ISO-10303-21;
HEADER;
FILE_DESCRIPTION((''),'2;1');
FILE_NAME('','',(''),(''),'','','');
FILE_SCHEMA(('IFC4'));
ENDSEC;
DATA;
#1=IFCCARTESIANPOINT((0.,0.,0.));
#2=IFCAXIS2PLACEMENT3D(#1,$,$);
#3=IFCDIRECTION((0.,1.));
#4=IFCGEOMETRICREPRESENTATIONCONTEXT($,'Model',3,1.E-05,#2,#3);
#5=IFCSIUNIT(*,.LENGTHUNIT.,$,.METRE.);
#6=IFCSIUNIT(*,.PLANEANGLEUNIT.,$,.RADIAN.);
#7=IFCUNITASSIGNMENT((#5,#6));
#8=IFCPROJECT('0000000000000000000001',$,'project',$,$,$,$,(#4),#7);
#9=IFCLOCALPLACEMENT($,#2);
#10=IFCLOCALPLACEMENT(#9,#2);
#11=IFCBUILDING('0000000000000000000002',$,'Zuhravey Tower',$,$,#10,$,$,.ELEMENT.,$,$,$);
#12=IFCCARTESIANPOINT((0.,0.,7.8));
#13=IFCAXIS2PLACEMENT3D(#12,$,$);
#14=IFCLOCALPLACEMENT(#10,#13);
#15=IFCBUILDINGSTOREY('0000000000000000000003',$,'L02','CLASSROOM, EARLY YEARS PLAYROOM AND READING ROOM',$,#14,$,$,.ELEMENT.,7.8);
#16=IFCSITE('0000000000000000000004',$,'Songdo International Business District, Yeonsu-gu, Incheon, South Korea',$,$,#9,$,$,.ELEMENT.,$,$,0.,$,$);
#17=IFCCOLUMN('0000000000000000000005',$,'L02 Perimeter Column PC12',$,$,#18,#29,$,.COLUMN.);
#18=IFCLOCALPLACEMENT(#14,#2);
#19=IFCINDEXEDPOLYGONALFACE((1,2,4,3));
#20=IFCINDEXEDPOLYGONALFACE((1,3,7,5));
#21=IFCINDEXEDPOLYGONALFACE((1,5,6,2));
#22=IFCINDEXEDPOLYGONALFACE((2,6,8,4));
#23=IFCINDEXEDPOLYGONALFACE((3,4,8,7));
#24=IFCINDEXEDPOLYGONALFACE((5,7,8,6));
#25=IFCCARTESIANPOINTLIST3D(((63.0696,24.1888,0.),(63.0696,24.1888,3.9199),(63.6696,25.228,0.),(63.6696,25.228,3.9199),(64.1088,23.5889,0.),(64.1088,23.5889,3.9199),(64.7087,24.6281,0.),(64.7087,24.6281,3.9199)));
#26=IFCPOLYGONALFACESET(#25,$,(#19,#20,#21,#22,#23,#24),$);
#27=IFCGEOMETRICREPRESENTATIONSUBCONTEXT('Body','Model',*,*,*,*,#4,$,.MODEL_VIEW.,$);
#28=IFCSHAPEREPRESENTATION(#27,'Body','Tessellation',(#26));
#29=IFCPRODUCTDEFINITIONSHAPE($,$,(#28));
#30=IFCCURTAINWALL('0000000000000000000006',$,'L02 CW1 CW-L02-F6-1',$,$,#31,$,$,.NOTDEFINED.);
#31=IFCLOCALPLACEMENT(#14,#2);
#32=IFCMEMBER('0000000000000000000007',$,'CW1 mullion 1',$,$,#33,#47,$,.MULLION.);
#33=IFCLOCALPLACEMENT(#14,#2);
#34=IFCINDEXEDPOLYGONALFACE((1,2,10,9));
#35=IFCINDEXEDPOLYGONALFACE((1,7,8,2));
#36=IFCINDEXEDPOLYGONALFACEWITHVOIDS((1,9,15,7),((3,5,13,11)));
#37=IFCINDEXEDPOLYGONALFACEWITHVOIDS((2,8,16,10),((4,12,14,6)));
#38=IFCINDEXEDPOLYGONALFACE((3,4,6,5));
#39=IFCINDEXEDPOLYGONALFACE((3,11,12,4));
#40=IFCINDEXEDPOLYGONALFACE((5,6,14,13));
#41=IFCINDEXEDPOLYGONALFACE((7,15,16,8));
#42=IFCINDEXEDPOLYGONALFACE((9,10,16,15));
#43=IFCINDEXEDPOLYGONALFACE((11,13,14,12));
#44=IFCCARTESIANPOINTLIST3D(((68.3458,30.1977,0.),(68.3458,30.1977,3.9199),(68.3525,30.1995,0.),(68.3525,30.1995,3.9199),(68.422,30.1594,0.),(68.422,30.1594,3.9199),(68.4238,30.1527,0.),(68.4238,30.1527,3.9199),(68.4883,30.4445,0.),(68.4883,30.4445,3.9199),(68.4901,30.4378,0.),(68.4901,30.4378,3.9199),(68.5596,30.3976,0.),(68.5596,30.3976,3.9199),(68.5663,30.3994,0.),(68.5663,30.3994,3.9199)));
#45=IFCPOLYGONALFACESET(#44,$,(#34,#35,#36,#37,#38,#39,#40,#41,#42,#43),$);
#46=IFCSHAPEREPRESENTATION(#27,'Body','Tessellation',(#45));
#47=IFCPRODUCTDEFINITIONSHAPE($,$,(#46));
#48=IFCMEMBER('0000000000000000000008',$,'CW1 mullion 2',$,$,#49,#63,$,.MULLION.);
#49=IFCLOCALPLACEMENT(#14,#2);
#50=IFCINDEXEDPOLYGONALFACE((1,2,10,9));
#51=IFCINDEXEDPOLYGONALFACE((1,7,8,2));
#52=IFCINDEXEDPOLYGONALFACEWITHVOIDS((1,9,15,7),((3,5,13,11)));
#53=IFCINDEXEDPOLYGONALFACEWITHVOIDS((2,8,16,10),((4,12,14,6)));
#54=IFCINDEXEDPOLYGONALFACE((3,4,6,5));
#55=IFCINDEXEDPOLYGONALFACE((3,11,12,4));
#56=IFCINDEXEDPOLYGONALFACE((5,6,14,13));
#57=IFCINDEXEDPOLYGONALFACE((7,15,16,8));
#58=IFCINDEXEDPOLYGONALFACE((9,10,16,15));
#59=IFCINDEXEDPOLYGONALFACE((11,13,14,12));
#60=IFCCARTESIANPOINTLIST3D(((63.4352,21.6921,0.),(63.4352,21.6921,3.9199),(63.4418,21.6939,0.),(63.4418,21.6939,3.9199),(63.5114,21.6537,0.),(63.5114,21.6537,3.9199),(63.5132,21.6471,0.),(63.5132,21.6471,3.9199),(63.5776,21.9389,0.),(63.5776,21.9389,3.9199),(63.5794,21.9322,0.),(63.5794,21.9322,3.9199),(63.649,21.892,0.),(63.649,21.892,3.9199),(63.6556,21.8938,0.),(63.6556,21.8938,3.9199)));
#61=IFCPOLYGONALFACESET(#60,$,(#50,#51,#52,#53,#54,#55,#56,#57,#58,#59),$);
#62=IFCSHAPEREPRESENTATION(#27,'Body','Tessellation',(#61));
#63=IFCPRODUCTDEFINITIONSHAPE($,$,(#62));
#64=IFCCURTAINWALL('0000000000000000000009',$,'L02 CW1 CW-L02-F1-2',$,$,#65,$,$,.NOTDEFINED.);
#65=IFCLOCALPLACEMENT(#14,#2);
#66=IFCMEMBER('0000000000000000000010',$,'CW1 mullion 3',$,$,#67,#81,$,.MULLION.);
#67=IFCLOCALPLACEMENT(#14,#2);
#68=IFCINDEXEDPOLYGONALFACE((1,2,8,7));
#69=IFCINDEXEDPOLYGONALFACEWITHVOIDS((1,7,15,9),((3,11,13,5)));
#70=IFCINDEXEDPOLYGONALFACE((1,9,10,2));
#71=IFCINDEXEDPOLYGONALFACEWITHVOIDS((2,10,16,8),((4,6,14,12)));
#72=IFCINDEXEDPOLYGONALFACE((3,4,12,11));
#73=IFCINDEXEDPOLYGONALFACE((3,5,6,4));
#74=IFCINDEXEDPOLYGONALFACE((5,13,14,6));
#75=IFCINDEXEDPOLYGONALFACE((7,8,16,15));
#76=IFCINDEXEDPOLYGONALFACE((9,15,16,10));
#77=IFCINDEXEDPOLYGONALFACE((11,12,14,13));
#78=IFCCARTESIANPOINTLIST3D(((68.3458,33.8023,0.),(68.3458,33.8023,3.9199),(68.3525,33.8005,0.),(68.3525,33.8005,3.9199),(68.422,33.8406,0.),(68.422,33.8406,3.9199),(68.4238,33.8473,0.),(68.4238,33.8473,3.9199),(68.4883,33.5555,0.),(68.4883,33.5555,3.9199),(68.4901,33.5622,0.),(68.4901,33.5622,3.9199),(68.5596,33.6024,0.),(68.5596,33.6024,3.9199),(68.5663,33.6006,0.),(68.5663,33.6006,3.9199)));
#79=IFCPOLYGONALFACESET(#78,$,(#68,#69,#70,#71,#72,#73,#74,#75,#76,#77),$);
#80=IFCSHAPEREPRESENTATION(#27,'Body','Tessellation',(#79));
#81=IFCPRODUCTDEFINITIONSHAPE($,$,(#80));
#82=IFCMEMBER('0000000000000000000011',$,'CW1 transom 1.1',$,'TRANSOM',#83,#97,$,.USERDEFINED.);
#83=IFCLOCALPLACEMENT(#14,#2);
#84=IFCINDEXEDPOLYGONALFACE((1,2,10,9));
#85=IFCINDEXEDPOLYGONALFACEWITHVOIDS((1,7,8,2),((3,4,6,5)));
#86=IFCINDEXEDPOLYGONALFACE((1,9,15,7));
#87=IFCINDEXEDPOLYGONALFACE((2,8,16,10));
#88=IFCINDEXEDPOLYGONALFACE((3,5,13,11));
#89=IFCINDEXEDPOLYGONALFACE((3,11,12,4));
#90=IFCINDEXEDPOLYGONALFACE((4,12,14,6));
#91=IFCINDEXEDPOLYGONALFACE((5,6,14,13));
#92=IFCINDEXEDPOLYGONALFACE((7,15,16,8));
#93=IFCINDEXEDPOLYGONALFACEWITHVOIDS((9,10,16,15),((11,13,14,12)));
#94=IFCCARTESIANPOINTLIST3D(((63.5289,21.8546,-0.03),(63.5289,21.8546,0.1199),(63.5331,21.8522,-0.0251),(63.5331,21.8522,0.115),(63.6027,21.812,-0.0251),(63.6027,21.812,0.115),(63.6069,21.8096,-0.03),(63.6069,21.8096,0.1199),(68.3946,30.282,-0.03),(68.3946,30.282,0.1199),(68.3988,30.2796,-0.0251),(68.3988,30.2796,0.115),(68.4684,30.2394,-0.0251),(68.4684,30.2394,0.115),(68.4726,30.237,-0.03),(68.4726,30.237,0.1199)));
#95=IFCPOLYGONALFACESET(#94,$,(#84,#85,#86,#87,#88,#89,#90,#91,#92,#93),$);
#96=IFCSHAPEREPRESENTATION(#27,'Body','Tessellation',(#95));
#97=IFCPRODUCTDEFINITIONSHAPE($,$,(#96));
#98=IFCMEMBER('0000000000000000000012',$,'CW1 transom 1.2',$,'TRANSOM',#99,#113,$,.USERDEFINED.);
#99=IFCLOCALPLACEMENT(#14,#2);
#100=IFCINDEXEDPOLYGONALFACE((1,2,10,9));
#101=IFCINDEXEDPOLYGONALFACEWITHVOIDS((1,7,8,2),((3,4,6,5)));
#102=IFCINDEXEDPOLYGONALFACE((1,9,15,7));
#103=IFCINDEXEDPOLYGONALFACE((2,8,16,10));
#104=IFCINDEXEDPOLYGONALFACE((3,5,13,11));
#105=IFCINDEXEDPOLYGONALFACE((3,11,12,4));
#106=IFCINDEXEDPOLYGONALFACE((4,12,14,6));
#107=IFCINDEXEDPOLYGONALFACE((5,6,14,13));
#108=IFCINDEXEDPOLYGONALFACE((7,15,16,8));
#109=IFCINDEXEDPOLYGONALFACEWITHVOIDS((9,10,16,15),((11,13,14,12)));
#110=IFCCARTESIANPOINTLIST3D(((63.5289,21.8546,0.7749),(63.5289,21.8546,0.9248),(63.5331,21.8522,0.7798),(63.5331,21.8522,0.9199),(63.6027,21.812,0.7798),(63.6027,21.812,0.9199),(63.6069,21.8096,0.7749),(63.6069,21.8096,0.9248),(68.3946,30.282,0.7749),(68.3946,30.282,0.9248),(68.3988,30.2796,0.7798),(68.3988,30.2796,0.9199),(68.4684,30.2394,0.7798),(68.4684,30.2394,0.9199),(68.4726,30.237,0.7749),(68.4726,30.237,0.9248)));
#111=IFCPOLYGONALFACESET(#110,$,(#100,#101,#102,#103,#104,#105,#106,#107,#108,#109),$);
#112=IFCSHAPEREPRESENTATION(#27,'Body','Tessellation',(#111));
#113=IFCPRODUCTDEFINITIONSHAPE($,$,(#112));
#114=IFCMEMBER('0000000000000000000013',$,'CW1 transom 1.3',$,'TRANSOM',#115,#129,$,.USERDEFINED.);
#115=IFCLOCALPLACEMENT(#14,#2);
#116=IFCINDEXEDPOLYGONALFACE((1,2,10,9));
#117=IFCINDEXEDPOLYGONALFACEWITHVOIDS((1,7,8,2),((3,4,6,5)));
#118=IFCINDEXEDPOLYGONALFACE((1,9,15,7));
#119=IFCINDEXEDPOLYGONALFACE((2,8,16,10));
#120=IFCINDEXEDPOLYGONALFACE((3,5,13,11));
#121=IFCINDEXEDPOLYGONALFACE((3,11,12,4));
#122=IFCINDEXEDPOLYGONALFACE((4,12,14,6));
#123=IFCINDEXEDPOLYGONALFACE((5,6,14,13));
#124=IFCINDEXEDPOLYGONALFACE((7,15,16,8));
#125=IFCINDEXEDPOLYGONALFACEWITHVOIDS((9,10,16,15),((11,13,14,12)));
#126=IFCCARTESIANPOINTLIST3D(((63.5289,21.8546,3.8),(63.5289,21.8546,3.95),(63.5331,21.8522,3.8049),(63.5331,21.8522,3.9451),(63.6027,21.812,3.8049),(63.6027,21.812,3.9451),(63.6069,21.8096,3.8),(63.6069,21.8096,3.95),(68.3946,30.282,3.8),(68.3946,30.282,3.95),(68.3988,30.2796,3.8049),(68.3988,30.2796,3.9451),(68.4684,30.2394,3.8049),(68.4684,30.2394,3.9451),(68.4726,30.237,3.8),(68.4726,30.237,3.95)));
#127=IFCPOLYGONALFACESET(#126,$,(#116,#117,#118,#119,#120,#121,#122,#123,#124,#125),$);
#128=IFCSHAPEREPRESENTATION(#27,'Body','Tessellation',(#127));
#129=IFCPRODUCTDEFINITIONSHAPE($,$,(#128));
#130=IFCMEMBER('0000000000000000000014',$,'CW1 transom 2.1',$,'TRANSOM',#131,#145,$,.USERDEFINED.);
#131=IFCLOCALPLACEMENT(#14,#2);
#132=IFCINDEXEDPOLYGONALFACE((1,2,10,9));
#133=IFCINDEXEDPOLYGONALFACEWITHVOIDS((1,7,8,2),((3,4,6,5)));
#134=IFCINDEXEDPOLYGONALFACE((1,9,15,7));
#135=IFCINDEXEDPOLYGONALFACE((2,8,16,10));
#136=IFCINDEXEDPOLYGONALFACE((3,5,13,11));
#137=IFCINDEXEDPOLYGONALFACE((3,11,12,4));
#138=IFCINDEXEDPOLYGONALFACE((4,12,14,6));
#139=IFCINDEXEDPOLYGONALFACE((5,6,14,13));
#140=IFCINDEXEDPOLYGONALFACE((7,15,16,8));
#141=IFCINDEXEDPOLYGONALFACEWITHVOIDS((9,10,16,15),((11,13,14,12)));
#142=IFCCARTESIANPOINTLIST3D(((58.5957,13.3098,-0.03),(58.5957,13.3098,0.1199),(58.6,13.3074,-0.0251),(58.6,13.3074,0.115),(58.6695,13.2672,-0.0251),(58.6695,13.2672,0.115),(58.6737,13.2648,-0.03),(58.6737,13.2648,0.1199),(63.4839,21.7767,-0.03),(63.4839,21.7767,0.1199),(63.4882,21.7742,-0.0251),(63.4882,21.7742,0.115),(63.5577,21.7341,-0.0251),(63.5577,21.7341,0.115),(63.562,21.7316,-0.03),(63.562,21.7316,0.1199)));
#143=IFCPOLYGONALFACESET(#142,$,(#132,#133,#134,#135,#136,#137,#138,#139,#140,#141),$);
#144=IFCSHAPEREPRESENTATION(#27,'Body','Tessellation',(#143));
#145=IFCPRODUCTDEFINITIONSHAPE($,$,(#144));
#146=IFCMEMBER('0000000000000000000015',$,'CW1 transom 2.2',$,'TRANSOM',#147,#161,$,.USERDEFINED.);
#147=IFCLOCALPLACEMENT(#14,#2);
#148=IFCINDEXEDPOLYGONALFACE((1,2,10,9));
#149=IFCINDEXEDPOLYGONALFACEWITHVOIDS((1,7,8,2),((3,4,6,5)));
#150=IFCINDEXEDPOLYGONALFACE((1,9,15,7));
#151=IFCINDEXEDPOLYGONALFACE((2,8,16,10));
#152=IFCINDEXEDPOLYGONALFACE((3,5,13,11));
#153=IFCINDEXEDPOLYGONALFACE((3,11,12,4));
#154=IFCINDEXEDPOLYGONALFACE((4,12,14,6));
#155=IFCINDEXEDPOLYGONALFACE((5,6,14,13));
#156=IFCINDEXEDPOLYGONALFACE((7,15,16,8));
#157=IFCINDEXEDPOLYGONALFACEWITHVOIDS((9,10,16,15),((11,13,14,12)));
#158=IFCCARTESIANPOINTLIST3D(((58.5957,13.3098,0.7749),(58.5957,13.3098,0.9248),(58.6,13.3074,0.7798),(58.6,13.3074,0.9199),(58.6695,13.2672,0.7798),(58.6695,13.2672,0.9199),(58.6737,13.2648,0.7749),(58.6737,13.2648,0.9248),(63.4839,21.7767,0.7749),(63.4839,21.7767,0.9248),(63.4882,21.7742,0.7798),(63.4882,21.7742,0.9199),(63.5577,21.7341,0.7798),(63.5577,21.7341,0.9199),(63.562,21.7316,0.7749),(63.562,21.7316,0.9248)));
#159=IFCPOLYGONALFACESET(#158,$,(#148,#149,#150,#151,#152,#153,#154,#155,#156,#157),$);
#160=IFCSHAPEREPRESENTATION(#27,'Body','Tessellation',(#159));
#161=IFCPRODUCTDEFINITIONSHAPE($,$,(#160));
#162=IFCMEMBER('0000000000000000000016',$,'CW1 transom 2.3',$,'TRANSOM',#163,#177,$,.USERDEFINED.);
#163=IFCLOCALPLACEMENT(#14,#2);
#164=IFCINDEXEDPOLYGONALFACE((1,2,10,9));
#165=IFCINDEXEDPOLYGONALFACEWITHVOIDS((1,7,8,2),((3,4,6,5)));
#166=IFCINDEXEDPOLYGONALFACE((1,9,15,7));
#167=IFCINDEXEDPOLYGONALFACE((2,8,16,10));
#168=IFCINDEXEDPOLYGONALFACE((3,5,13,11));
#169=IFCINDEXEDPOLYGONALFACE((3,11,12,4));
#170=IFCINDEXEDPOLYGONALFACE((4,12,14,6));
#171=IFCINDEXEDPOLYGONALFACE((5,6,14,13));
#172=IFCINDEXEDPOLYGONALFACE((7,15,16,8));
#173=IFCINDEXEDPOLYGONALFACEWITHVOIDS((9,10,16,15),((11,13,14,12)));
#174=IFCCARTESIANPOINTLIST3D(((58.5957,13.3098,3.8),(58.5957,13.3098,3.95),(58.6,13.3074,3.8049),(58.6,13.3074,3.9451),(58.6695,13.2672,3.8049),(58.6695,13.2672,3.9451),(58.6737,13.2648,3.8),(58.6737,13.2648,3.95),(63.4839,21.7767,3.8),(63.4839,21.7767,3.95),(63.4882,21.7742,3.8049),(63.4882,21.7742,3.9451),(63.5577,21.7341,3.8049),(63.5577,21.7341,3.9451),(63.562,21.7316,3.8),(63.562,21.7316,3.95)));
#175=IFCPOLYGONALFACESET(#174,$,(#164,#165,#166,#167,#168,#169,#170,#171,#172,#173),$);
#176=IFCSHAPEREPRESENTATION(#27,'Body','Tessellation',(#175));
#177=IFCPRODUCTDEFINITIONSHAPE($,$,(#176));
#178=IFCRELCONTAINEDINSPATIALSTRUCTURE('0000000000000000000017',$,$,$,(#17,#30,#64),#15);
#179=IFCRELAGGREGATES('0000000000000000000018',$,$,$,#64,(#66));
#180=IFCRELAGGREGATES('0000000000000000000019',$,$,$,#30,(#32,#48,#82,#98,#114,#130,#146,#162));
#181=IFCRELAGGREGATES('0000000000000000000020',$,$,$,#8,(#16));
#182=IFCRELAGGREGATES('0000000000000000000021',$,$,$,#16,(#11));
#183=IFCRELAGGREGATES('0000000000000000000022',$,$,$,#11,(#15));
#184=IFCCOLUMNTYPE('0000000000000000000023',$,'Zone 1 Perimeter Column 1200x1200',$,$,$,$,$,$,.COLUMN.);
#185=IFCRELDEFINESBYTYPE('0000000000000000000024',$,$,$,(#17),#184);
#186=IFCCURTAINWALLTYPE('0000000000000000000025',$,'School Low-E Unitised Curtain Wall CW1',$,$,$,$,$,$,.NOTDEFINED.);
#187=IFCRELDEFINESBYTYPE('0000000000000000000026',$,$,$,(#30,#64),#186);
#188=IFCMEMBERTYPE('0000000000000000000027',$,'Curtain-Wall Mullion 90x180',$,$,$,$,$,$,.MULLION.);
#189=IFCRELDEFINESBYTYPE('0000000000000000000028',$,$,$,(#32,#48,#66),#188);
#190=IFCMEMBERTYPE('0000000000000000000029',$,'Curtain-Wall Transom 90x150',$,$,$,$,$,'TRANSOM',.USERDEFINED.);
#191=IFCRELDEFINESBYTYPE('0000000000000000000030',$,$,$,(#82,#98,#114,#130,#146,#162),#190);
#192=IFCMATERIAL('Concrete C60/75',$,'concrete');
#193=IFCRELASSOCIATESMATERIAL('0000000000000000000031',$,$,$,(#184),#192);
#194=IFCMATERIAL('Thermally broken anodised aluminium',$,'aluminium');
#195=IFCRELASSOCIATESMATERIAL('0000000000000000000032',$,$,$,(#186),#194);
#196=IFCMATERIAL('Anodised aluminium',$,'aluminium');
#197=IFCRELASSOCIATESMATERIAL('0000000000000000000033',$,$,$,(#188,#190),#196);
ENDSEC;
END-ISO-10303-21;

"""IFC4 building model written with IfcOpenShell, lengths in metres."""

from ifc_helpers import new_model, si_unit, direction, frame, origin, origin_2d, place, context, subcontext, project, spatial, rectangle, hollow_rectangle, extrude, material, material_profile, profile_set, type_object, element, aggregate, save


model = new_model("IFC4")

# Units and contexts
model_context = context("Model", 3, precision=1e-05, world=origin(), true_north=direction((0.0, 1.0)))
body_context = subcontext(model_context, "Body", "Model", "MODEL_VIEW")
ifc_project = project(units=[si_unit("LENGTHUNIT", "METRE"), si_unit("PLANEANGLEUNIT", "RADIAN")], contexts=[model_context])

# Site, building, storey
site_placement = place(None, origin())
site = spatial("IfcSite", under=ifc_project, at=site_placement, Name="Songdo International Business District, Yeonsu-gu, Incheon, South Korea", CompositionType="ELEMENT", RefElevation=0.0)
building_placement = place(site_placement, origin())
building = spatial("IfcBuilding", under=site, at=building_placement, Name="Zuhravey Tower", CompositionType="ELEMENT")
storey_placement = place(building_placement, frame((0.0, 0.0, 7.8)))
storey = spatial("IfcBuildingStorey", under=building, at=storey_placement, Name="L02", Description="CLASSROOM, EARLY YEARS PLAYROOM AND READING ROOM", CompositionType="ELEMENT", Elevation=7.8)

# Column
ifc_material_1 = material(Name="Concrete C60/75", Category="concrete")
ifc_material_profile_1 = material_profile(ifc_material_1, rectangle(XDim=1.2, YDim=1.2, at=origin_2d()), Name="RC-1200x1200")
ifc_profile_set_1 = profile_set([ifc_material_profile_1], Name="Concrete C60/75")
column_type = type_object("IfcColumnType", Name="Zone 1 Perimeter Column 1200x1200", PredefinedType="COLUMN", material=ifc_profile_set_1)
column_placement = place(storey_placement, frame((63.8892, 24.4084, 0.0), z_axis=(0.0, 0.0, 1.0), x_axis=(0.5, 0.866025, 0.0)))
element("IfcColumn", 1, at=column_placement, inside=storey, type_object=column_type, Name="L02 Perimeter Column PC12", PredefinedType="COLUMN", context=body_context, shape_type="SweptSolid", body=[
    extrude(rectangle(XDim=1.2, YDim=1.2, at=origin_2d()), origin(), (0.0, 0.0, 1.0), 3.9199),
])

# Curtain wall, members
ifc_material_2 = material(Name="Thermally broken anodised aluminium", Category="aluminium")
curtain_wall_type = type_object("IfcCurtainWallType", Name="School Low-E Unitised Curtain Wall CW1", PredefinedType="NOTDEFINED", material=ifc_material_2)
curtain_wall_1_placement = place(storey_placement, origin())
curtain_wall_1 = element("IfcCurtainWall", 2, at=curtain_wall_1_placement, inside=storey, type_object=curtain_wall_type, Name="L02 CW1 CW-L02-F6-1", PredefinedType="NOTDEFINED")
ifc_material_3 = material(Name="Anodised aluminium", Category="aluminium")
ifc_material_profile_2 = material_profile(ifc_material_3, hollow_rectangle(XDim=0.0901, YDim=0.2849, WallThickness=0.0049, at=origin_2d()), Name="ALU-RHS-90x285x5")
ifc_profile_set_2 = profile_set([ifc_material_profile_2], Name="Anodised aluminium")
member_type_1 = type_object("IfcMemberType", Name="Curtain-Wall Mullion 90x180", PredefinedType="MULLION", material=ifc_profile_set_2)
member_1_placement = place(storey_placement, frame((68.4561, 30.2986, 0.0), z_axis=(0.0, 0.0, 1.0), x_axis=(0.866026, -0.5, 0.0)))
member_1 = element("IfcMember", 3, at=member_1_placement, type_object=member_type_1, Name="CW1 mullion 1", PredefinedType="MULLION", context=body_context, shape_type="SweptSolid", body=[
    extrude(hollow_rectangle(XDim=0.0901, YDim=0.2849, WallThickness=0.0049, at=origin_2d()), origin(), (0.0, 0.0, 1.0), 3.9199),
])
member_2_placement = place(storey_placement, frame((63.5454, 21.793, 0.0), z_axis=(0.0, 0.0, 1.0), x_axis=(0.866026, -0.5, 0.0)))
member_2 = element("IfcMember", 4, at=member_2_placement, type_object=member_type_1, Name="CW1 mullion 2", PredefinedType="MULLION", context=body_context, shape_type="SweptSolid", body=[
    extrude(hollow_rectangle(XDim=0.0901, YDim=0.2849, WallThickness=0.0049, at=origin_2d()), origin(), (0.0, 0.0, 1.0), 3.9199),
])

# Curtain wall, member
curtain_wall_2_placement = place(storey_placement, origin())
curtain_wall_2 = element("IfcCurtainWall", 5, at=curtain_wall_2_placement, inside=storey, type_object=curtain_wall_type, Name="L02 CW1 CW-L02-F1-2", PredefinedType="NOTDEFINED")
member_3_placement = place(storey_placement, frame((68.4561, 33.7014, 0.0), z_axis=(0.0, 0.0, 1.0), x_axis=(0.866026, 0.5, 0.0)))
member_3 = element("IfcMember", 6, at=member_3_placement, type_object=member_type_1, Name="CW1 mullion 3", PredefinedType="MULLION", context=body_context, shape_type="SweptSolid", body=[
    extrude(hollow_rectangle(XDim=0.0901, YDim=0.2849, WallThickness=0.0049, at=origin_2d()), origin(), (0.0, 0.0, 1.0), 3.9199),
])
aggregate(curtain_wall_2, [member_3])

# Members
ifc_material_profile_3 = material_profile(ifc_material_3, hollow_rectangle(XDim=0.0901, YDim=0.1499, WallThickness=0.0049, at=origin_2d()), Name="ALU-RHS-90x150x5")
ifc_profile_set_3 = profile_set([ifc_material_profile_3], Name="Anodised aluminium")
member_type_2 = type_object("IfcMemberType", Name="Curtain-Wall Transom 90x150", ElementType="TRANSOM", PredefinedType="USERDEFINED", material=ifc_profile_set_3)
member_4_placement = place(storey_placement, frame((68.4336, 30.2595, 0.0449), z_axis=(-0.500008, -0.866021, 0.0), x_axis=(0.866021, -0.500008, 0.0)))
member_4 = element("IfcMember", 7, at=member_4_placement, type_object=member_type_2, Name="CW1 transom 1.1", ObjectType="TRANSOM", PredefinedType="USERDEFINED", context=body_context, shape_type="SweptSolid", body=[
    extrude(hollow_rectangle(XDim=0.0901, YDim=0.1499, WallThickness=0.0049, at=origin_2d()), origin(), (0.0, 0.0, 1.0), 9.7312),
])
member_5_placement = place(storey_placement, frame((68.4336, 30.2595, 0.8499), z_axis=(-0.500008, -0.866021, 0.0), x_axis=(0.866021, -0.500008, 0.0)))
member_5 = element("IfcMember", 8, at=member_5_placement, type_object=member_type_2, Name="CW1 transom 1.2", ObjectType="TRANSOM", PredefinedType="USERDEFINED", context=body_context, shape_type="SweptSolid", body=[
    extrude(hollow_rectangle(XDim=0.0901, YDim=0.1499, WallThickness=0.0049, at=origin_2d()), origin(), (0.0, 0.0, 1.0), 9.7312),
])
member_6_placement = place(storey_placement, frame((68.4336, 30.2595, 3.875), z_axis=(-0.500008, -0.866021, 0.0), x_axis=(0.866021, -0.500008, 0.0)))
member_6 = element("IfcMember", 9, at=member_6_placement, type_object=member_type_2, Name="CW1 transom 1.3", ObjectType="TRANSOM", PredefinedType="USERDEFINED", context=body_context, shape_type="SweptSolid", body=[
    extrude(hollow_rectangle(XDim=0.0901, YDim=0.1499, WallThickness=0.0049, at=origin_2d()), origin(), (0.0, 0.0, 1.0), 9.7312),
])
member_7_placement = place(storey_placement, frame((63.5229, 21.7542, 0.0449), z_axis=(-0.49999, -0.866031, 0.0), x_axis=(0.866031, -0.49999, 0.0)))
member_7 = element("IfcMember", 10, at=member_7_placement, type_object=member_type_2, Name="CW1 transom 2.1", ObjectType="TRANSOM", PredefinedType="USERDEFINED", context=body_context, shape_type="SweptSolid", body=[
    extrude(hollow_rectangle(XDim=0.0901, YDim=0.1499, WallThickness=0.0049, at=origin_2d()), origin(), (0.0, 0.0, 1.0), 9.7766),
])
member_8_placement = place(storey_placement, frame((63.5229, 21.7542, 0.8499), z_axis=(-0.49999, -0.866031, 0.0), x_axis=(0.866031, -0.49999, 0.0)))
member_8 = element("IfcMember", 11, at=member_8_placement, type_object=member_type_2, Name="CW1 transom 2.2", ObjectType="TRANSOM", PredefinedType="USERDEFINED", context=body_context, shape_type="SweptSolid", body=[
    extrude(hollow_rectangle(XDim=0.0901, YDim=0.1499, WallThickness=0.0049, at=origin_2d()), origin(), (0.0, 0.0, 1.0), 9.7766),
])
member_9_placement = place(storey_placement, frame((63.5229, 21.7542, 3.875), z_axis=(-0.49999, -0.866031, 0.0), x_axis=(0.866031, -0.49999, 0.0)))
member_9 = element("IfcMember", 12, at=member_9_placement, type_object=member_type_2, Name="CW1 transom 2.3", ObjectType="TRANSOM", PredefinedType="USERDEFINED", context=body_context, shape_type="SweptSolid", body=[
    extrude(hollow_rectangle(XDim=0.0901, YDim=0.1499, WallThickness=0.0049, at=origin_2d()), origin(), (0.0, 0.0, 1.0), 9.7766),
])

aggregate(curtain_wall_1, [member_1, member_2, member_4, member_5, member_6, member_7, member_8, member_9])

save(model, "model.ifc")
